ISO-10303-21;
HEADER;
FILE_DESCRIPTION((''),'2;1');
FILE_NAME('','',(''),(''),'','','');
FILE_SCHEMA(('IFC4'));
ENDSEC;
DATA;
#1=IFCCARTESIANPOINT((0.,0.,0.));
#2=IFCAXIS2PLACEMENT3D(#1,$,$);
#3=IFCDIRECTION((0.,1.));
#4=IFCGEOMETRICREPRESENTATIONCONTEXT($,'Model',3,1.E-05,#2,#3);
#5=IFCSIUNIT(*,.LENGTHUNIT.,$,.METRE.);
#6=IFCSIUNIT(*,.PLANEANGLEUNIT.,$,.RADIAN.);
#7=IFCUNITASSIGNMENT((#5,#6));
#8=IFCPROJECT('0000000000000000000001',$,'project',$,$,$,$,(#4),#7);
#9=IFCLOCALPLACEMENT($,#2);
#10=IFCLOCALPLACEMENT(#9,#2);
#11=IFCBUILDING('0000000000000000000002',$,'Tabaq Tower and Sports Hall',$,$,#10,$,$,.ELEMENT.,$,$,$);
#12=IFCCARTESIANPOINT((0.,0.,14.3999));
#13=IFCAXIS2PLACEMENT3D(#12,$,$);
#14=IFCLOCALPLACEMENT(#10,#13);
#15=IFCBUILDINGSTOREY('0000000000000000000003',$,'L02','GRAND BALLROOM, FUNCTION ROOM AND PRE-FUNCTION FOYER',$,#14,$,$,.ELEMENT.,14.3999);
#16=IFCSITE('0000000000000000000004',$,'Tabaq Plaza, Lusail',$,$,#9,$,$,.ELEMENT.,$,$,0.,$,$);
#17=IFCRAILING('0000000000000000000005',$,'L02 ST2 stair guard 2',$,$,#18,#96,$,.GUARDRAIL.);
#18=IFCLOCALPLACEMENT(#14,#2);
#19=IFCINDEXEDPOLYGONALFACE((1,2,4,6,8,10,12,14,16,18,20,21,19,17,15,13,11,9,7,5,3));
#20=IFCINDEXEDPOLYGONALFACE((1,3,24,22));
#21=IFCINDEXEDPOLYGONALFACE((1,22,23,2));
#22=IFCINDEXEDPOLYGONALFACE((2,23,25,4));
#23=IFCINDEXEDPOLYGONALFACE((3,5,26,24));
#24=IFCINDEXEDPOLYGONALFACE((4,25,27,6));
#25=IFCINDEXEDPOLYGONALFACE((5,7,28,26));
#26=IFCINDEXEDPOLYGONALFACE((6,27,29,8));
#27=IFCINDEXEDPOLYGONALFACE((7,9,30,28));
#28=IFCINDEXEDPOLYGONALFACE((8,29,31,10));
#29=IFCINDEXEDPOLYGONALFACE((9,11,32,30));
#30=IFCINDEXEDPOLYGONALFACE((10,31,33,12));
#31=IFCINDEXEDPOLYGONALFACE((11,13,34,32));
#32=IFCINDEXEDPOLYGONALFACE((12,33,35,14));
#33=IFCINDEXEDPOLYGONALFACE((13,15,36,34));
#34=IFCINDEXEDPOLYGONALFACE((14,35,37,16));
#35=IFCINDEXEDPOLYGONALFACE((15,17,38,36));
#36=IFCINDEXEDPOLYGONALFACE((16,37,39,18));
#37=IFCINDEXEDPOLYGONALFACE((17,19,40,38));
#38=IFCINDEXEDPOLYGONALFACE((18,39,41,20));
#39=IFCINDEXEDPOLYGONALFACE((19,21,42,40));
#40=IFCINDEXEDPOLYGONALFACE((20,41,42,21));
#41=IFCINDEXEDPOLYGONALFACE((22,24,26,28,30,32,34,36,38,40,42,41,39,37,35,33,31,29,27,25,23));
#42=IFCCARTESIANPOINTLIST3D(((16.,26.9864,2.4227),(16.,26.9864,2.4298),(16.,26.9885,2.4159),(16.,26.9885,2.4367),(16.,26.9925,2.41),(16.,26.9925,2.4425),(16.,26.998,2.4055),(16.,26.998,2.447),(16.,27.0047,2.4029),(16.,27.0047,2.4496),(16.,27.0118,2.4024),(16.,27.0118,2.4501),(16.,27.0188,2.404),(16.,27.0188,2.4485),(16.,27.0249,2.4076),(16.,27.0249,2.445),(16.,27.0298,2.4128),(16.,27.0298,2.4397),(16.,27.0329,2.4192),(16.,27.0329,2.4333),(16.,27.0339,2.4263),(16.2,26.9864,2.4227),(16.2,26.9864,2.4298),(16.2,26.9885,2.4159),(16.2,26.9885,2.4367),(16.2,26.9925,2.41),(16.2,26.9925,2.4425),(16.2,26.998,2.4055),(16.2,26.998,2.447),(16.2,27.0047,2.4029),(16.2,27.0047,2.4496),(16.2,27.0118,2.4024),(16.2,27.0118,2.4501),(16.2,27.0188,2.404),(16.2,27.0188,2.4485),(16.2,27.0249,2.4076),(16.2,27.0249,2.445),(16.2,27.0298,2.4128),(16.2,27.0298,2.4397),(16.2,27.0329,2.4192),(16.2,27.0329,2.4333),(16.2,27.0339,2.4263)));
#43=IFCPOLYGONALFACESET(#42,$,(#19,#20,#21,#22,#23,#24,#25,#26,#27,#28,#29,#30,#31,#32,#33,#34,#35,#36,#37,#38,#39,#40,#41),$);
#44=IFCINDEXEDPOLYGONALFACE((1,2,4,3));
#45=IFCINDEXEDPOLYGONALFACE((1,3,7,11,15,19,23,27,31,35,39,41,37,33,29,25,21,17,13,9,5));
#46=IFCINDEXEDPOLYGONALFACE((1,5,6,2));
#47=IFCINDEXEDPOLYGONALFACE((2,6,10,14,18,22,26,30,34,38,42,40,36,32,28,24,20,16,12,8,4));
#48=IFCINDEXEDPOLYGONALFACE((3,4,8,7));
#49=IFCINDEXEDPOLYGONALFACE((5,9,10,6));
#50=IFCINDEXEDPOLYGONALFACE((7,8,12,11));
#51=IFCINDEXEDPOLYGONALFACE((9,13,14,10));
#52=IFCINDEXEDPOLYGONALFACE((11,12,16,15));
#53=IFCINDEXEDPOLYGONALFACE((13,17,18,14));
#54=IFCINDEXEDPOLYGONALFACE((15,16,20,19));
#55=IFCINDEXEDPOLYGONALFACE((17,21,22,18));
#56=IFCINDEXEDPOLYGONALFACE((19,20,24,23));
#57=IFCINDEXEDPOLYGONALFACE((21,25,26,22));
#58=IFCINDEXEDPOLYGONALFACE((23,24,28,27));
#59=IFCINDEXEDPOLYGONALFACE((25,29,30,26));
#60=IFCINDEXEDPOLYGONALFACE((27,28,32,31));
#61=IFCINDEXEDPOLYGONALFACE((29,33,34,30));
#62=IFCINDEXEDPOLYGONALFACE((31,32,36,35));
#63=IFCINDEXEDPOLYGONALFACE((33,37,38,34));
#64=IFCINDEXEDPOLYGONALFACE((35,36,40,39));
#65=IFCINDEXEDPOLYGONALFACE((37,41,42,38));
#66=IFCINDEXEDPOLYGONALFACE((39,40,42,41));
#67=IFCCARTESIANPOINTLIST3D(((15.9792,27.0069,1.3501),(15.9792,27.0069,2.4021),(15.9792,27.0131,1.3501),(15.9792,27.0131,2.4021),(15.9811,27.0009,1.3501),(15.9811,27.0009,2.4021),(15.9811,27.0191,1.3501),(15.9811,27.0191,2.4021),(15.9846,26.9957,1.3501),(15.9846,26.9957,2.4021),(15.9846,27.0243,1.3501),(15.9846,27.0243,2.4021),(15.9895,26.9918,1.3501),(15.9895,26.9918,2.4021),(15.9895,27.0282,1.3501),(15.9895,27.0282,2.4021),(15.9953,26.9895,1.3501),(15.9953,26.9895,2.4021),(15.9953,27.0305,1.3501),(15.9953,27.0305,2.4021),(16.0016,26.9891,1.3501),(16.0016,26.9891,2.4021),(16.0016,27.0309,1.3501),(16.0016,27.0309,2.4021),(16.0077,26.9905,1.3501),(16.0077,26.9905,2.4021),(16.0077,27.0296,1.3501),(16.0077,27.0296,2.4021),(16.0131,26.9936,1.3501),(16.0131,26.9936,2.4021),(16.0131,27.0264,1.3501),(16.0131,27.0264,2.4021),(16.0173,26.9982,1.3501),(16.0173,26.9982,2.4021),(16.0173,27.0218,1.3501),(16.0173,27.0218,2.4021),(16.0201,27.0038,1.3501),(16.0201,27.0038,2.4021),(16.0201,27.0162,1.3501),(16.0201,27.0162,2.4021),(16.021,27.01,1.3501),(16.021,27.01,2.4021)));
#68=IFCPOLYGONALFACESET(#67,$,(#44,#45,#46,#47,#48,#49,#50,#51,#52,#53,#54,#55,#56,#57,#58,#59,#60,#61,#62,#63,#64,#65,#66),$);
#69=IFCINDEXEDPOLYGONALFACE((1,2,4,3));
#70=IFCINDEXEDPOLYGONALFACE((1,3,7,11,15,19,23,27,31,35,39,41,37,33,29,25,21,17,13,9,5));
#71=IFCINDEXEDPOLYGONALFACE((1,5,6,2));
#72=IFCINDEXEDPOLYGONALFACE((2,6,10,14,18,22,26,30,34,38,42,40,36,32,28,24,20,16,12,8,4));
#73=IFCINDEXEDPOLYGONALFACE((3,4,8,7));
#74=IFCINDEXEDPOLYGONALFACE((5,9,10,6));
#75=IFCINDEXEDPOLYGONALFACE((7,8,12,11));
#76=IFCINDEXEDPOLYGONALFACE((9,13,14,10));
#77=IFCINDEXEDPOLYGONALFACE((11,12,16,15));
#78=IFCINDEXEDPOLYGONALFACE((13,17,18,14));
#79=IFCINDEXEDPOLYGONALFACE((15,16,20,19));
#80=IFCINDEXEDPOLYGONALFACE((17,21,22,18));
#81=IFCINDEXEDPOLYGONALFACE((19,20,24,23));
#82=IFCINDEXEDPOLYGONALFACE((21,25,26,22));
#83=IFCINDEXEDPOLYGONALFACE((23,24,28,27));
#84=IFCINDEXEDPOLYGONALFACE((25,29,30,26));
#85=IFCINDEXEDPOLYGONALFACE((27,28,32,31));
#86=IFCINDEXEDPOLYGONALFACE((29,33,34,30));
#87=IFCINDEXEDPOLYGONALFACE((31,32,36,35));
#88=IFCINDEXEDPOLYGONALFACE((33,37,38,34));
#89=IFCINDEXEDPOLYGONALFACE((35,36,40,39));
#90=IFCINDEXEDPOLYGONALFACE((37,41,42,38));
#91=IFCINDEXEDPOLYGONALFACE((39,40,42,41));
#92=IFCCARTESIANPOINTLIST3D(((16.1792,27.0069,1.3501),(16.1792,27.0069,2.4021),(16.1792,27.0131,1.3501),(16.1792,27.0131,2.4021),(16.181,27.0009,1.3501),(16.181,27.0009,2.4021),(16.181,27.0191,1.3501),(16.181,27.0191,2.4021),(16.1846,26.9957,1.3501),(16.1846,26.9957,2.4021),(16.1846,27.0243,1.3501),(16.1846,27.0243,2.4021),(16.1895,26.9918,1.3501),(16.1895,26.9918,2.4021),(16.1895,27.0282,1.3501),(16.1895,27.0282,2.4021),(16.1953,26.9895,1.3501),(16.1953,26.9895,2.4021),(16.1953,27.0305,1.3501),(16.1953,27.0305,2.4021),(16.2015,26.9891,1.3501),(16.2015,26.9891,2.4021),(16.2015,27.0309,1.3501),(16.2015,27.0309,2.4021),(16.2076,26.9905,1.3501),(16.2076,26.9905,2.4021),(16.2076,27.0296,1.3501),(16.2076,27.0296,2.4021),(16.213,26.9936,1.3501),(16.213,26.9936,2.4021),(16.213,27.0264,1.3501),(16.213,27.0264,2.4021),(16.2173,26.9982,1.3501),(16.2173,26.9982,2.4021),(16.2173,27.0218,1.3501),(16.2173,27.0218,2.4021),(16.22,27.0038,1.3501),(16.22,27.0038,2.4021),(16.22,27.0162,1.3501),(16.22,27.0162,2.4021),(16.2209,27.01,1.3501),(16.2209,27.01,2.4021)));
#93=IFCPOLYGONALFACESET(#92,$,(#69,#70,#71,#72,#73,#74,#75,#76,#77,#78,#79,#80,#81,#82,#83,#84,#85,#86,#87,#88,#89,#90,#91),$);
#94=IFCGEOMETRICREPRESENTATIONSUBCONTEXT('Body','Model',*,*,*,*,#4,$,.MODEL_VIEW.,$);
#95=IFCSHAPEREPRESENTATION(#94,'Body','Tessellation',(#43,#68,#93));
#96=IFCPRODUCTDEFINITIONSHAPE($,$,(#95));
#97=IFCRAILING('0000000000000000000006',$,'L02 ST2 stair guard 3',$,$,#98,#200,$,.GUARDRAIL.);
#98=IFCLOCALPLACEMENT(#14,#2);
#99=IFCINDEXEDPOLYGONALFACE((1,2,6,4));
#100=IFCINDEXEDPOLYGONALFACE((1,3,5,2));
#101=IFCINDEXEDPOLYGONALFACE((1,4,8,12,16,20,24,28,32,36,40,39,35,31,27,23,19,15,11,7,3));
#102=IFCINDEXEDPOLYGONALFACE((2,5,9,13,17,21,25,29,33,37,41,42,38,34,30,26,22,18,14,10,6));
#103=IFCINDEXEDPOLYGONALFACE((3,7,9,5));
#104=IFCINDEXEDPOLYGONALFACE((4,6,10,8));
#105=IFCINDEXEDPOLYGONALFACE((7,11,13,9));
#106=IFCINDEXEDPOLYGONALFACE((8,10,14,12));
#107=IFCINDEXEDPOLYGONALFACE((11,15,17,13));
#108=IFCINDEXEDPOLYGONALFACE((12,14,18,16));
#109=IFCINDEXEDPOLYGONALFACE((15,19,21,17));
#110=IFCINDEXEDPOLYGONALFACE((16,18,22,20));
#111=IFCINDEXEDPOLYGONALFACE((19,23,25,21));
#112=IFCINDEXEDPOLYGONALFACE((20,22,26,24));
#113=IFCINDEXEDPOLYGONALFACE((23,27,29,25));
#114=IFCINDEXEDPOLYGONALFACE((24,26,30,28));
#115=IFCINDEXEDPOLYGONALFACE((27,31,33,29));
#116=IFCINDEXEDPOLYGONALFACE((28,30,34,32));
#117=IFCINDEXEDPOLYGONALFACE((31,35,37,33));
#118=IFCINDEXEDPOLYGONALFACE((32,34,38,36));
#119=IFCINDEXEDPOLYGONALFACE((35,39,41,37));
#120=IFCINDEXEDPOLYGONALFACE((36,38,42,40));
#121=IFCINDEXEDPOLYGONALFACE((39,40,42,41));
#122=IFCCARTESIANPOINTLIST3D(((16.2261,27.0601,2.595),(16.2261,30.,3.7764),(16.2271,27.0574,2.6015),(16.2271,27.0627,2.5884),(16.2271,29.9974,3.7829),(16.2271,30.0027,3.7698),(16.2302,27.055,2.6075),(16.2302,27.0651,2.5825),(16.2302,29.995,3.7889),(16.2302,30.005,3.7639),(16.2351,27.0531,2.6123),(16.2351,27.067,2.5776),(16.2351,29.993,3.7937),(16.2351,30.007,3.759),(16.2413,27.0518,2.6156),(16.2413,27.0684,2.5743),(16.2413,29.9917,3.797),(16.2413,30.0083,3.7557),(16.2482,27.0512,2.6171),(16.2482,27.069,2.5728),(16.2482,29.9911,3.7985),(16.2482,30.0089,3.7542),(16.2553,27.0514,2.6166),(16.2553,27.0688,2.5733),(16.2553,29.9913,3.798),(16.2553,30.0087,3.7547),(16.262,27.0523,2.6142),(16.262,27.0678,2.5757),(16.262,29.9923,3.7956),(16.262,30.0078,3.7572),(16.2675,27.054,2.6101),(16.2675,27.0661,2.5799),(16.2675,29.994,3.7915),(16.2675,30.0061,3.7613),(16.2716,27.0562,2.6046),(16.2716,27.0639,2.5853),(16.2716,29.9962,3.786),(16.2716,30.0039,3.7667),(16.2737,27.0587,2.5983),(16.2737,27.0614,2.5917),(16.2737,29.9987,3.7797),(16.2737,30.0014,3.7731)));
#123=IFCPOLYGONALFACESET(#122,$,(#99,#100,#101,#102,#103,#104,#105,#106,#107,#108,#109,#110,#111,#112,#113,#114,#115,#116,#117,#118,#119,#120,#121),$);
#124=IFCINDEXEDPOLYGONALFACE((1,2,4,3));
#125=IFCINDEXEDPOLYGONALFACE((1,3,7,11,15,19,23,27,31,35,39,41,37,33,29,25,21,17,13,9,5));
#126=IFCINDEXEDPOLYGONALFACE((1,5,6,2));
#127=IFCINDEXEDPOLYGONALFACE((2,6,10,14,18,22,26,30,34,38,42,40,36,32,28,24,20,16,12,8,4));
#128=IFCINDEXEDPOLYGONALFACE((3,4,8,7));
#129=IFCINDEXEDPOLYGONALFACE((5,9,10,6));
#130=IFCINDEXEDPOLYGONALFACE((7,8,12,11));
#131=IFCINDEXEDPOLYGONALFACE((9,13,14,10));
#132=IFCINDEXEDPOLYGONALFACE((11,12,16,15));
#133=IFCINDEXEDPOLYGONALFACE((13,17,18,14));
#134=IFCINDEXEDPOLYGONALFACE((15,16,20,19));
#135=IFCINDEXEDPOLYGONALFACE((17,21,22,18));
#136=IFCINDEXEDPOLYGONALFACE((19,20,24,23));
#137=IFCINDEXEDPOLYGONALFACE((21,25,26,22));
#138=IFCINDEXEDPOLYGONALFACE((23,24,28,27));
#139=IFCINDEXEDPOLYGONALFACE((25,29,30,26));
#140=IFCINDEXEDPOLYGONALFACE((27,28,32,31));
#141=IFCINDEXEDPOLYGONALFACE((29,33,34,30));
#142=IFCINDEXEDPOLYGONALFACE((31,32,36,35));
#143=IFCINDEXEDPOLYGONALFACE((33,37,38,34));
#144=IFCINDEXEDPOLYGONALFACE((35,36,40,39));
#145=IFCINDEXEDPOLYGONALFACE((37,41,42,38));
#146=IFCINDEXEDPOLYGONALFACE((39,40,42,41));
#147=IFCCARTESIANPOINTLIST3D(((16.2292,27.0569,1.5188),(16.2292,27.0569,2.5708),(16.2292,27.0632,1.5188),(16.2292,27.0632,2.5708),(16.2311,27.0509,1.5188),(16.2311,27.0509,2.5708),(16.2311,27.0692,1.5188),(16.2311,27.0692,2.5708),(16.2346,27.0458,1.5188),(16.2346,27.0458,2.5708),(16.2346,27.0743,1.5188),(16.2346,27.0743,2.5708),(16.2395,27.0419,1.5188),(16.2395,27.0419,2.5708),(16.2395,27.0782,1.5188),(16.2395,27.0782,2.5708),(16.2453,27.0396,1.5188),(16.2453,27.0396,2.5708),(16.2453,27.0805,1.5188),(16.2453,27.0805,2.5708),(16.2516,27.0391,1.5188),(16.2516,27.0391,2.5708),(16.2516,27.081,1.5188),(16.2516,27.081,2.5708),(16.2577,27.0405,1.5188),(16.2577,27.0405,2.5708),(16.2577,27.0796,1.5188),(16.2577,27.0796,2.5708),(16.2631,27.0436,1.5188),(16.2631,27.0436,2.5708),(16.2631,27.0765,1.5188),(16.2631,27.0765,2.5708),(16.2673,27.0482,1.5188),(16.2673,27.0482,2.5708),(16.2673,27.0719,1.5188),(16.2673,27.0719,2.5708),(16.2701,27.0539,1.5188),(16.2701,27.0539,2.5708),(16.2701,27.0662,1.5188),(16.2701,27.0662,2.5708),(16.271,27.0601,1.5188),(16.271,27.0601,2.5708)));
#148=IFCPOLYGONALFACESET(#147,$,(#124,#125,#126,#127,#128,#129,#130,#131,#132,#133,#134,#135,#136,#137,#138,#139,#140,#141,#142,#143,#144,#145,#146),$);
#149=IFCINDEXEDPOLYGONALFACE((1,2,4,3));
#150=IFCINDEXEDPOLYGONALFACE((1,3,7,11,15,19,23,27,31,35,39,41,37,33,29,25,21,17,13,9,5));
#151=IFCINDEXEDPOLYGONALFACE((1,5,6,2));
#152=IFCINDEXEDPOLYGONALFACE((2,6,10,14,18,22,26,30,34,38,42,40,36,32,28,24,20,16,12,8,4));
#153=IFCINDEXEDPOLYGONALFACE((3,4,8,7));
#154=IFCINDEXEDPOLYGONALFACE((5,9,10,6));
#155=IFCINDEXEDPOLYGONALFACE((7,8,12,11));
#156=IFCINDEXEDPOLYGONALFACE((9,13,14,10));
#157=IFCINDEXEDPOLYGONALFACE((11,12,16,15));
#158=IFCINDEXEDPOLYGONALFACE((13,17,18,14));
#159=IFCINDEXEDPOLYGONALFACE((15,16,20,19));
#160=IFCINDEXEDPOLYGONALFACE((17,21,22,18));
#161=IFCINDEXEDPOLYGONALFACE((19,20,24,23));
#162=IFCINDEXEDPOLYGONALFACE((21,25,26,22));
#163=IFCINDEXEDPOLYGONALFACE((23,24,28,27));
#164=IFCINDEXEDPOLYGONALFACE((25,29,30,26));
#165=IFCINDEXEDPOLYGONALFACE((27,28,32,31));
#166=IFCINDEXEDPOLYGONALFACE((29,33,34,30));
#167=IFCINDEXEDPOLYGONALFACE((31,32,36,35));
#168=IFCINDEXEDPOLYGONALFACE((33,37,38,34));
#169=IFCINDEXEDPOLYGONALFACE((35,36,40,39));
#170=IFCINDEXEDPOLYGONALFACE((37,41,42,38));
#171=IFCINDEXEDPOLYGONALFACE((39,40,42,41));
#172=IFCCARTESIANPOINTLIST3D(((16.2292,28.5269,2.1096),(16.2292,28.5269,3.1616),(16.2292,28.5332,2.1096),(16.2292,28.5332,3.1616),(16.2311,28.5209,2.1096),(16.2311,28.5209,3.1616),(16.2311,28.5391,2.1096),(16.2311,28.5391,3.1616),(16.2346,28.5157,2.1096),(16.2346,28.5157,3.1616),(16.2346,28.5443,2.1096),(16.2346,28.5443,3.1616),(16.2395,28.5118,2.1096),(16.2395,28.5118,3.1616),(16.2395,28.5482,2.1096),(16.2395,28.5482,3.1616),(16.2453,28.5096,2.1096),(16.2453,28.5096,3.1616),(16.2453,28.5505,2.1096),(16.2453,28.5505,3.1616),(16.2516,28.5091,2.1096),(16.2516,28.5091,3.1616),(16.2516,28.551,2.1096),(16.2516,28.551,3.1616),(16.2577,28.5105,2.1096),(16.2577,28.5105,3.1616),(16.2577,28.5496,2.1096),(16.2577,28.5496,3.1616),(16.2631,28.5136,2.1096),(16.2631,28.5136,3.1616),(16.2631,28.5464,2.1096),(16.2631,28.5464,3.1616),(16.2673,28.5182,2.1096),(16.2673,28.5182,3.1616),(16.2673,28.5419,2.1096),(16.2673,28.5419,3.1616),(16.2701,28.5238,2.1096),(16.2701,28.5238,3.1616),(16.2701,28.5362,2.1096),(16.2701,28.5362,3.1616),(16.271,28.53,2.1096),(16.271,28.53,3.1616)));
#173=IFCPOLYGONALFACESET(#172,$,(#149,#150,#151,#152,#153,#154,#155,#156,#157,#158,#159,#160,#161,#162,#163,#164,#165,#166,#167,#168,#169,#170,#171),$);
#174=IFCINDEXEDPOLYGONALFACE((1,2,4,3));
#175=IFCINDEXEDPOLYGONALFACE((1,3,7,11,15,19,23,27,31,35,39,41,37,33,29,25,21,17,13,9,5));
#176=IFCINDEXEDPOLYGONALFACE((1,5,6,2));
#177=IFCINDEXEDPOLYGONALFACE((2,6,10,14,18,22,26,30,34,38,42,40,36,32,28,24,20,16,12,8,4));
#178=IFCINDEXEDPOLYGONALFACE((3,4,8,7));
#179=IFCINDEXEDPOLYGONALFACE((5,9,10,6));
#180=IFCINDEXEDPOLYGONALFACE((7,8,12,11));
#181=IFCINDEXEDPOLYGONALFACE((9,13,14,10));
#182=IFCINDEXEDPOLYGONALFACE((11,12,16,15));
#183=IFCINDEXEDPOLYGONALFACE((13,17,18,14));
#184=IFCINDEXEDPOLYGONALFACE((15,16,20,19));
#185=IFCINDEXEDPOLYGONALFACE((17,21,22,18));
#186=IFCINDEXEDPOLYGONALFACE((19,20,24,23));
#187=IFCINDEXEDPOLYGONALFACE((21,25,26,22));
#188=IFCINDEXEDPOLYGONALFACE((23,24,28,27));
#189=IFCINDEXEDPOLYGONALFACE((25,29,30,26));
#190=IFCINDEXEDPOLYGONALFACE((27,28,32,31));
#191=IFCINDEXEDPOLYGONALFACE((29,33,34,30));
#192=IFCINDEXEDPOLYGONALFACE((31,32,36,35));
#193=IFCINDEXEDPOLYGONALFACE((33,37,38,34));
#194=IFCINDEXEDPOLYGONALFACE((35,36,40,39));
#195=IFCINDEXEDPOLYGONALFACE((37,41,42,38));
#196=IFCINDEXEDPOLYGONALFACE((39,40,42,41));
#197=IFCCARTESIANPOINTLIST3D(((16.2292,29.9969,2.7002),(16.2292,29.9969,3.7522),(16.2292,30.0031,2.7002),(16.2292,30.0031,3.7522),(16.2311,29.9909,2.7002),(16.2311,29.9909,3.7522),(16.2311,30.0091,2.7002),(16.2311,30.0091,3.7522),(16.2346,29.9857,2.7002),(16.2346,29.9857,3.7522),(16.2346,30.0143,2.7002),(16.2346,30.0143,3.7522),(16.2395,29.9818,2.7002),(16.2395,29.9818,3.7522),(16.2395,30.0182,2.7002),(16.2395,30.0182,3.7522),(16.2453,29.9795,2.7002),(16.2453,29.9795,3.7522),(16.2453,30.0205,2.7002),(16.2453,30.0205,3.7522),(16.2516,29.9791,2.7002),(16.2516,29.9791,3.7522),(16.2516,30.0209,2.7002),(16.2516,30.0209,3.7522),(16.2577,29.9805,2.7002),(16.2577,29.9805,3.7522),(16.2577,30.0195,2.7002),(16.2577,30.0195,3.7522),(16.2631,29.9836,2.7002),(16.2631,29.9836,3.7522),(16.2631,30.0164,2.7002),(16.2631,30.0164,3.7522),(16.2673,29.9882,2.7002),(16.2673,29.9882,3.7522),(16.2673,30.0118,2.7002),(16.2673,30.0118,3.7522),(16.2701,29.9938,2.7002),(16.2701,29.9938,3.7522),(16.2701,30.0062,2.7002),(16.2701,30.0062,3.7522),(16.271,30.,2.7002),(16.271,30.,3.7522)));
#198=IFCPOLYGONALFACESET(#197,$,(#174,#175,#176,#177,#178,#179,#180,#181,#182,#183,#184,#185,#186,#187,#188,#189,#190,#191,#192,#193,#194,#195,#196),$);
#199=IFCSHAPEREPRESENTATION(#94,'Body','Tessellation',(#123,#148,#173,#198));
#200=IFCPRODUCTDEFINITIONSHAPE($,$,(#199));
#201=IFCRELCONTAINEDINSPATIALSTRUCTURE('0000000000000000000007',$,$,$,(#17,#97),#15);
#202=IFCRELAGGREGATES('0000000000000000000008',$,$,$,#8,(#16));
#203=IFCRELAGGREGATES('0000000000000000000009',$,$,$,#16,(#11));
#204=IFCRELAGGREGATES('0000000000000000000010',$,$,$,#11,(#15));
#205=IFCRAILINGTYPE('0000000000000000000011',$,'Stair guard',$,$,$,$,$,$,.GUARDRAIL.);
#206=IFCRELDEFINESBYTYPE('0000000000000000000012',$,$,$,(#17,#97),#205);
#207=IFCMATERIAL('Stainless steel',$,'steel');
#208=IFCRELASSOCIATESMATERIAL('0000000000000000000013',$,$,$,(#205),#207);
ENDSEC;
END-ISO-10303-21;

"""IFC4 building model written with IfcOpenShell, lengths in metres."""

from ifc_helpers import new_model, si_unit, direction, frame, origin, origin_2d, place, context, subcontext, project, spatial, circle, extrude, material, type_object, element, save


model = new_model("IFC4")

# Units and contexts
model_context = context("Model", 3, precision=1e-05, world=origin(), true_north=direction((0.0, 1.0)))
body_context = subcontext(model_context, "Body", "Model", "MODEL_VIEW")
ifc_project = project(units=[si_unit("LENGTHUNIT", "METRE"), si_unit("PLANEANGLEUNIT", "RADIAN")], contexts=[model_context])

# Site, building, storey
site_placement = place(None, origin())
site = spatial("IfcSite", under=ifc_project, at=site_placement, Name="Tabaq Plaza, Lusail", CompositionType="ELEMENT", RefElevation=0.0)
building_placement = place(site_placement, origin())
building = spatial("IfcBuilding", under=site, at=building_placement, Name="Tabaq Tower and Sports Hall", CompositionType="ELEMENT")
storey_placement = place(building_placement, frame((0.0, 0.0, 14.3999)))
storey = spatial("IfcBuildingStorey", under=building, at=storey_placement, Name="L02", Description="GRAND BALLROOM, FUNCTION ROOM AND PRE-FUNCTION FOYER", CompositionType="ELEMENT", Elevation=14.3999)

# Railings
ifc_material_1 = material(Name="Stainless steel", Category="steel")
railing_type_1 = type_object("IfcRailingType", Name="Stair guard", PredefinedType="GUARDRAIL", material=ifc_material_1)
for number, where, name in (
    (1, (16.0, 27.01, 1.3501), "L02 ST2 stair guard 2"),
):
    element("IfcRailing", number, at=place(storey_placement, frame(where)), inside=storey, type_object=railing_type_1, Name=name, PredefinedType="GUARDRAIL", context=body_context, shape_type="SweptSolid", body=[
        extrude(circle(Radius=0.0239, at=origin_2d()), frame((0.0, 0.0, 1.0762), z_axis=(1.0, 0.0, 0.0), x_axis=(0.0, 1.0, 0.0)), (0.0, 0.0, 1.0), 0.2),
        extrude(circle(Radius=0.021, at=origin_2d()), origin(), (0.0, 0.0, 1.0), 1.052),
        extrude(circle(Radius=0.021, at=origin_2d()), frame((0.2, 0.0, 0.0)), (0.0, 0.0, 1.0), 1.052),
    ])
railing_1_placement = place(storey_placement, frame((16.25, 27.0601, 1.5188)))
element("IfcRailing", 2, at=railing_1_placement, inside=storey, type_object=railing_type_1, Name="L02 ST2 stair guard 3", PredefinedType="GUARDRAIL", context=body_context, shape_type="SweptSolid", body=[
    extrude(circle(Radius=0.0239, at=origin_2d()), frame((0.0, 0.0, 1.0762), z_axis=(0.0, 0.927886, 0.372865), x_axis=(-1.0, 0.0, 0.0)), (0.0, 0.0, 1.0), 3.1685),
    extrude(circle(Radius=0.021, at=origin_2d()), origin(), (0.0, 0.0, 1.0), 1.052),
    extrude(circle(Radius=0.021, at=origin_2d()), frame((0.0, 1.47, 0.5908)), (0.0, 0.0, 1.0), 1.052),
    extrude(circle(Radius=0.021, at=origin_2d()), frame((0.0, 2.9399, 1.1814)), (0.0, 0.0, 1.0), 1.052),
])

save(model, "model.ifc")
